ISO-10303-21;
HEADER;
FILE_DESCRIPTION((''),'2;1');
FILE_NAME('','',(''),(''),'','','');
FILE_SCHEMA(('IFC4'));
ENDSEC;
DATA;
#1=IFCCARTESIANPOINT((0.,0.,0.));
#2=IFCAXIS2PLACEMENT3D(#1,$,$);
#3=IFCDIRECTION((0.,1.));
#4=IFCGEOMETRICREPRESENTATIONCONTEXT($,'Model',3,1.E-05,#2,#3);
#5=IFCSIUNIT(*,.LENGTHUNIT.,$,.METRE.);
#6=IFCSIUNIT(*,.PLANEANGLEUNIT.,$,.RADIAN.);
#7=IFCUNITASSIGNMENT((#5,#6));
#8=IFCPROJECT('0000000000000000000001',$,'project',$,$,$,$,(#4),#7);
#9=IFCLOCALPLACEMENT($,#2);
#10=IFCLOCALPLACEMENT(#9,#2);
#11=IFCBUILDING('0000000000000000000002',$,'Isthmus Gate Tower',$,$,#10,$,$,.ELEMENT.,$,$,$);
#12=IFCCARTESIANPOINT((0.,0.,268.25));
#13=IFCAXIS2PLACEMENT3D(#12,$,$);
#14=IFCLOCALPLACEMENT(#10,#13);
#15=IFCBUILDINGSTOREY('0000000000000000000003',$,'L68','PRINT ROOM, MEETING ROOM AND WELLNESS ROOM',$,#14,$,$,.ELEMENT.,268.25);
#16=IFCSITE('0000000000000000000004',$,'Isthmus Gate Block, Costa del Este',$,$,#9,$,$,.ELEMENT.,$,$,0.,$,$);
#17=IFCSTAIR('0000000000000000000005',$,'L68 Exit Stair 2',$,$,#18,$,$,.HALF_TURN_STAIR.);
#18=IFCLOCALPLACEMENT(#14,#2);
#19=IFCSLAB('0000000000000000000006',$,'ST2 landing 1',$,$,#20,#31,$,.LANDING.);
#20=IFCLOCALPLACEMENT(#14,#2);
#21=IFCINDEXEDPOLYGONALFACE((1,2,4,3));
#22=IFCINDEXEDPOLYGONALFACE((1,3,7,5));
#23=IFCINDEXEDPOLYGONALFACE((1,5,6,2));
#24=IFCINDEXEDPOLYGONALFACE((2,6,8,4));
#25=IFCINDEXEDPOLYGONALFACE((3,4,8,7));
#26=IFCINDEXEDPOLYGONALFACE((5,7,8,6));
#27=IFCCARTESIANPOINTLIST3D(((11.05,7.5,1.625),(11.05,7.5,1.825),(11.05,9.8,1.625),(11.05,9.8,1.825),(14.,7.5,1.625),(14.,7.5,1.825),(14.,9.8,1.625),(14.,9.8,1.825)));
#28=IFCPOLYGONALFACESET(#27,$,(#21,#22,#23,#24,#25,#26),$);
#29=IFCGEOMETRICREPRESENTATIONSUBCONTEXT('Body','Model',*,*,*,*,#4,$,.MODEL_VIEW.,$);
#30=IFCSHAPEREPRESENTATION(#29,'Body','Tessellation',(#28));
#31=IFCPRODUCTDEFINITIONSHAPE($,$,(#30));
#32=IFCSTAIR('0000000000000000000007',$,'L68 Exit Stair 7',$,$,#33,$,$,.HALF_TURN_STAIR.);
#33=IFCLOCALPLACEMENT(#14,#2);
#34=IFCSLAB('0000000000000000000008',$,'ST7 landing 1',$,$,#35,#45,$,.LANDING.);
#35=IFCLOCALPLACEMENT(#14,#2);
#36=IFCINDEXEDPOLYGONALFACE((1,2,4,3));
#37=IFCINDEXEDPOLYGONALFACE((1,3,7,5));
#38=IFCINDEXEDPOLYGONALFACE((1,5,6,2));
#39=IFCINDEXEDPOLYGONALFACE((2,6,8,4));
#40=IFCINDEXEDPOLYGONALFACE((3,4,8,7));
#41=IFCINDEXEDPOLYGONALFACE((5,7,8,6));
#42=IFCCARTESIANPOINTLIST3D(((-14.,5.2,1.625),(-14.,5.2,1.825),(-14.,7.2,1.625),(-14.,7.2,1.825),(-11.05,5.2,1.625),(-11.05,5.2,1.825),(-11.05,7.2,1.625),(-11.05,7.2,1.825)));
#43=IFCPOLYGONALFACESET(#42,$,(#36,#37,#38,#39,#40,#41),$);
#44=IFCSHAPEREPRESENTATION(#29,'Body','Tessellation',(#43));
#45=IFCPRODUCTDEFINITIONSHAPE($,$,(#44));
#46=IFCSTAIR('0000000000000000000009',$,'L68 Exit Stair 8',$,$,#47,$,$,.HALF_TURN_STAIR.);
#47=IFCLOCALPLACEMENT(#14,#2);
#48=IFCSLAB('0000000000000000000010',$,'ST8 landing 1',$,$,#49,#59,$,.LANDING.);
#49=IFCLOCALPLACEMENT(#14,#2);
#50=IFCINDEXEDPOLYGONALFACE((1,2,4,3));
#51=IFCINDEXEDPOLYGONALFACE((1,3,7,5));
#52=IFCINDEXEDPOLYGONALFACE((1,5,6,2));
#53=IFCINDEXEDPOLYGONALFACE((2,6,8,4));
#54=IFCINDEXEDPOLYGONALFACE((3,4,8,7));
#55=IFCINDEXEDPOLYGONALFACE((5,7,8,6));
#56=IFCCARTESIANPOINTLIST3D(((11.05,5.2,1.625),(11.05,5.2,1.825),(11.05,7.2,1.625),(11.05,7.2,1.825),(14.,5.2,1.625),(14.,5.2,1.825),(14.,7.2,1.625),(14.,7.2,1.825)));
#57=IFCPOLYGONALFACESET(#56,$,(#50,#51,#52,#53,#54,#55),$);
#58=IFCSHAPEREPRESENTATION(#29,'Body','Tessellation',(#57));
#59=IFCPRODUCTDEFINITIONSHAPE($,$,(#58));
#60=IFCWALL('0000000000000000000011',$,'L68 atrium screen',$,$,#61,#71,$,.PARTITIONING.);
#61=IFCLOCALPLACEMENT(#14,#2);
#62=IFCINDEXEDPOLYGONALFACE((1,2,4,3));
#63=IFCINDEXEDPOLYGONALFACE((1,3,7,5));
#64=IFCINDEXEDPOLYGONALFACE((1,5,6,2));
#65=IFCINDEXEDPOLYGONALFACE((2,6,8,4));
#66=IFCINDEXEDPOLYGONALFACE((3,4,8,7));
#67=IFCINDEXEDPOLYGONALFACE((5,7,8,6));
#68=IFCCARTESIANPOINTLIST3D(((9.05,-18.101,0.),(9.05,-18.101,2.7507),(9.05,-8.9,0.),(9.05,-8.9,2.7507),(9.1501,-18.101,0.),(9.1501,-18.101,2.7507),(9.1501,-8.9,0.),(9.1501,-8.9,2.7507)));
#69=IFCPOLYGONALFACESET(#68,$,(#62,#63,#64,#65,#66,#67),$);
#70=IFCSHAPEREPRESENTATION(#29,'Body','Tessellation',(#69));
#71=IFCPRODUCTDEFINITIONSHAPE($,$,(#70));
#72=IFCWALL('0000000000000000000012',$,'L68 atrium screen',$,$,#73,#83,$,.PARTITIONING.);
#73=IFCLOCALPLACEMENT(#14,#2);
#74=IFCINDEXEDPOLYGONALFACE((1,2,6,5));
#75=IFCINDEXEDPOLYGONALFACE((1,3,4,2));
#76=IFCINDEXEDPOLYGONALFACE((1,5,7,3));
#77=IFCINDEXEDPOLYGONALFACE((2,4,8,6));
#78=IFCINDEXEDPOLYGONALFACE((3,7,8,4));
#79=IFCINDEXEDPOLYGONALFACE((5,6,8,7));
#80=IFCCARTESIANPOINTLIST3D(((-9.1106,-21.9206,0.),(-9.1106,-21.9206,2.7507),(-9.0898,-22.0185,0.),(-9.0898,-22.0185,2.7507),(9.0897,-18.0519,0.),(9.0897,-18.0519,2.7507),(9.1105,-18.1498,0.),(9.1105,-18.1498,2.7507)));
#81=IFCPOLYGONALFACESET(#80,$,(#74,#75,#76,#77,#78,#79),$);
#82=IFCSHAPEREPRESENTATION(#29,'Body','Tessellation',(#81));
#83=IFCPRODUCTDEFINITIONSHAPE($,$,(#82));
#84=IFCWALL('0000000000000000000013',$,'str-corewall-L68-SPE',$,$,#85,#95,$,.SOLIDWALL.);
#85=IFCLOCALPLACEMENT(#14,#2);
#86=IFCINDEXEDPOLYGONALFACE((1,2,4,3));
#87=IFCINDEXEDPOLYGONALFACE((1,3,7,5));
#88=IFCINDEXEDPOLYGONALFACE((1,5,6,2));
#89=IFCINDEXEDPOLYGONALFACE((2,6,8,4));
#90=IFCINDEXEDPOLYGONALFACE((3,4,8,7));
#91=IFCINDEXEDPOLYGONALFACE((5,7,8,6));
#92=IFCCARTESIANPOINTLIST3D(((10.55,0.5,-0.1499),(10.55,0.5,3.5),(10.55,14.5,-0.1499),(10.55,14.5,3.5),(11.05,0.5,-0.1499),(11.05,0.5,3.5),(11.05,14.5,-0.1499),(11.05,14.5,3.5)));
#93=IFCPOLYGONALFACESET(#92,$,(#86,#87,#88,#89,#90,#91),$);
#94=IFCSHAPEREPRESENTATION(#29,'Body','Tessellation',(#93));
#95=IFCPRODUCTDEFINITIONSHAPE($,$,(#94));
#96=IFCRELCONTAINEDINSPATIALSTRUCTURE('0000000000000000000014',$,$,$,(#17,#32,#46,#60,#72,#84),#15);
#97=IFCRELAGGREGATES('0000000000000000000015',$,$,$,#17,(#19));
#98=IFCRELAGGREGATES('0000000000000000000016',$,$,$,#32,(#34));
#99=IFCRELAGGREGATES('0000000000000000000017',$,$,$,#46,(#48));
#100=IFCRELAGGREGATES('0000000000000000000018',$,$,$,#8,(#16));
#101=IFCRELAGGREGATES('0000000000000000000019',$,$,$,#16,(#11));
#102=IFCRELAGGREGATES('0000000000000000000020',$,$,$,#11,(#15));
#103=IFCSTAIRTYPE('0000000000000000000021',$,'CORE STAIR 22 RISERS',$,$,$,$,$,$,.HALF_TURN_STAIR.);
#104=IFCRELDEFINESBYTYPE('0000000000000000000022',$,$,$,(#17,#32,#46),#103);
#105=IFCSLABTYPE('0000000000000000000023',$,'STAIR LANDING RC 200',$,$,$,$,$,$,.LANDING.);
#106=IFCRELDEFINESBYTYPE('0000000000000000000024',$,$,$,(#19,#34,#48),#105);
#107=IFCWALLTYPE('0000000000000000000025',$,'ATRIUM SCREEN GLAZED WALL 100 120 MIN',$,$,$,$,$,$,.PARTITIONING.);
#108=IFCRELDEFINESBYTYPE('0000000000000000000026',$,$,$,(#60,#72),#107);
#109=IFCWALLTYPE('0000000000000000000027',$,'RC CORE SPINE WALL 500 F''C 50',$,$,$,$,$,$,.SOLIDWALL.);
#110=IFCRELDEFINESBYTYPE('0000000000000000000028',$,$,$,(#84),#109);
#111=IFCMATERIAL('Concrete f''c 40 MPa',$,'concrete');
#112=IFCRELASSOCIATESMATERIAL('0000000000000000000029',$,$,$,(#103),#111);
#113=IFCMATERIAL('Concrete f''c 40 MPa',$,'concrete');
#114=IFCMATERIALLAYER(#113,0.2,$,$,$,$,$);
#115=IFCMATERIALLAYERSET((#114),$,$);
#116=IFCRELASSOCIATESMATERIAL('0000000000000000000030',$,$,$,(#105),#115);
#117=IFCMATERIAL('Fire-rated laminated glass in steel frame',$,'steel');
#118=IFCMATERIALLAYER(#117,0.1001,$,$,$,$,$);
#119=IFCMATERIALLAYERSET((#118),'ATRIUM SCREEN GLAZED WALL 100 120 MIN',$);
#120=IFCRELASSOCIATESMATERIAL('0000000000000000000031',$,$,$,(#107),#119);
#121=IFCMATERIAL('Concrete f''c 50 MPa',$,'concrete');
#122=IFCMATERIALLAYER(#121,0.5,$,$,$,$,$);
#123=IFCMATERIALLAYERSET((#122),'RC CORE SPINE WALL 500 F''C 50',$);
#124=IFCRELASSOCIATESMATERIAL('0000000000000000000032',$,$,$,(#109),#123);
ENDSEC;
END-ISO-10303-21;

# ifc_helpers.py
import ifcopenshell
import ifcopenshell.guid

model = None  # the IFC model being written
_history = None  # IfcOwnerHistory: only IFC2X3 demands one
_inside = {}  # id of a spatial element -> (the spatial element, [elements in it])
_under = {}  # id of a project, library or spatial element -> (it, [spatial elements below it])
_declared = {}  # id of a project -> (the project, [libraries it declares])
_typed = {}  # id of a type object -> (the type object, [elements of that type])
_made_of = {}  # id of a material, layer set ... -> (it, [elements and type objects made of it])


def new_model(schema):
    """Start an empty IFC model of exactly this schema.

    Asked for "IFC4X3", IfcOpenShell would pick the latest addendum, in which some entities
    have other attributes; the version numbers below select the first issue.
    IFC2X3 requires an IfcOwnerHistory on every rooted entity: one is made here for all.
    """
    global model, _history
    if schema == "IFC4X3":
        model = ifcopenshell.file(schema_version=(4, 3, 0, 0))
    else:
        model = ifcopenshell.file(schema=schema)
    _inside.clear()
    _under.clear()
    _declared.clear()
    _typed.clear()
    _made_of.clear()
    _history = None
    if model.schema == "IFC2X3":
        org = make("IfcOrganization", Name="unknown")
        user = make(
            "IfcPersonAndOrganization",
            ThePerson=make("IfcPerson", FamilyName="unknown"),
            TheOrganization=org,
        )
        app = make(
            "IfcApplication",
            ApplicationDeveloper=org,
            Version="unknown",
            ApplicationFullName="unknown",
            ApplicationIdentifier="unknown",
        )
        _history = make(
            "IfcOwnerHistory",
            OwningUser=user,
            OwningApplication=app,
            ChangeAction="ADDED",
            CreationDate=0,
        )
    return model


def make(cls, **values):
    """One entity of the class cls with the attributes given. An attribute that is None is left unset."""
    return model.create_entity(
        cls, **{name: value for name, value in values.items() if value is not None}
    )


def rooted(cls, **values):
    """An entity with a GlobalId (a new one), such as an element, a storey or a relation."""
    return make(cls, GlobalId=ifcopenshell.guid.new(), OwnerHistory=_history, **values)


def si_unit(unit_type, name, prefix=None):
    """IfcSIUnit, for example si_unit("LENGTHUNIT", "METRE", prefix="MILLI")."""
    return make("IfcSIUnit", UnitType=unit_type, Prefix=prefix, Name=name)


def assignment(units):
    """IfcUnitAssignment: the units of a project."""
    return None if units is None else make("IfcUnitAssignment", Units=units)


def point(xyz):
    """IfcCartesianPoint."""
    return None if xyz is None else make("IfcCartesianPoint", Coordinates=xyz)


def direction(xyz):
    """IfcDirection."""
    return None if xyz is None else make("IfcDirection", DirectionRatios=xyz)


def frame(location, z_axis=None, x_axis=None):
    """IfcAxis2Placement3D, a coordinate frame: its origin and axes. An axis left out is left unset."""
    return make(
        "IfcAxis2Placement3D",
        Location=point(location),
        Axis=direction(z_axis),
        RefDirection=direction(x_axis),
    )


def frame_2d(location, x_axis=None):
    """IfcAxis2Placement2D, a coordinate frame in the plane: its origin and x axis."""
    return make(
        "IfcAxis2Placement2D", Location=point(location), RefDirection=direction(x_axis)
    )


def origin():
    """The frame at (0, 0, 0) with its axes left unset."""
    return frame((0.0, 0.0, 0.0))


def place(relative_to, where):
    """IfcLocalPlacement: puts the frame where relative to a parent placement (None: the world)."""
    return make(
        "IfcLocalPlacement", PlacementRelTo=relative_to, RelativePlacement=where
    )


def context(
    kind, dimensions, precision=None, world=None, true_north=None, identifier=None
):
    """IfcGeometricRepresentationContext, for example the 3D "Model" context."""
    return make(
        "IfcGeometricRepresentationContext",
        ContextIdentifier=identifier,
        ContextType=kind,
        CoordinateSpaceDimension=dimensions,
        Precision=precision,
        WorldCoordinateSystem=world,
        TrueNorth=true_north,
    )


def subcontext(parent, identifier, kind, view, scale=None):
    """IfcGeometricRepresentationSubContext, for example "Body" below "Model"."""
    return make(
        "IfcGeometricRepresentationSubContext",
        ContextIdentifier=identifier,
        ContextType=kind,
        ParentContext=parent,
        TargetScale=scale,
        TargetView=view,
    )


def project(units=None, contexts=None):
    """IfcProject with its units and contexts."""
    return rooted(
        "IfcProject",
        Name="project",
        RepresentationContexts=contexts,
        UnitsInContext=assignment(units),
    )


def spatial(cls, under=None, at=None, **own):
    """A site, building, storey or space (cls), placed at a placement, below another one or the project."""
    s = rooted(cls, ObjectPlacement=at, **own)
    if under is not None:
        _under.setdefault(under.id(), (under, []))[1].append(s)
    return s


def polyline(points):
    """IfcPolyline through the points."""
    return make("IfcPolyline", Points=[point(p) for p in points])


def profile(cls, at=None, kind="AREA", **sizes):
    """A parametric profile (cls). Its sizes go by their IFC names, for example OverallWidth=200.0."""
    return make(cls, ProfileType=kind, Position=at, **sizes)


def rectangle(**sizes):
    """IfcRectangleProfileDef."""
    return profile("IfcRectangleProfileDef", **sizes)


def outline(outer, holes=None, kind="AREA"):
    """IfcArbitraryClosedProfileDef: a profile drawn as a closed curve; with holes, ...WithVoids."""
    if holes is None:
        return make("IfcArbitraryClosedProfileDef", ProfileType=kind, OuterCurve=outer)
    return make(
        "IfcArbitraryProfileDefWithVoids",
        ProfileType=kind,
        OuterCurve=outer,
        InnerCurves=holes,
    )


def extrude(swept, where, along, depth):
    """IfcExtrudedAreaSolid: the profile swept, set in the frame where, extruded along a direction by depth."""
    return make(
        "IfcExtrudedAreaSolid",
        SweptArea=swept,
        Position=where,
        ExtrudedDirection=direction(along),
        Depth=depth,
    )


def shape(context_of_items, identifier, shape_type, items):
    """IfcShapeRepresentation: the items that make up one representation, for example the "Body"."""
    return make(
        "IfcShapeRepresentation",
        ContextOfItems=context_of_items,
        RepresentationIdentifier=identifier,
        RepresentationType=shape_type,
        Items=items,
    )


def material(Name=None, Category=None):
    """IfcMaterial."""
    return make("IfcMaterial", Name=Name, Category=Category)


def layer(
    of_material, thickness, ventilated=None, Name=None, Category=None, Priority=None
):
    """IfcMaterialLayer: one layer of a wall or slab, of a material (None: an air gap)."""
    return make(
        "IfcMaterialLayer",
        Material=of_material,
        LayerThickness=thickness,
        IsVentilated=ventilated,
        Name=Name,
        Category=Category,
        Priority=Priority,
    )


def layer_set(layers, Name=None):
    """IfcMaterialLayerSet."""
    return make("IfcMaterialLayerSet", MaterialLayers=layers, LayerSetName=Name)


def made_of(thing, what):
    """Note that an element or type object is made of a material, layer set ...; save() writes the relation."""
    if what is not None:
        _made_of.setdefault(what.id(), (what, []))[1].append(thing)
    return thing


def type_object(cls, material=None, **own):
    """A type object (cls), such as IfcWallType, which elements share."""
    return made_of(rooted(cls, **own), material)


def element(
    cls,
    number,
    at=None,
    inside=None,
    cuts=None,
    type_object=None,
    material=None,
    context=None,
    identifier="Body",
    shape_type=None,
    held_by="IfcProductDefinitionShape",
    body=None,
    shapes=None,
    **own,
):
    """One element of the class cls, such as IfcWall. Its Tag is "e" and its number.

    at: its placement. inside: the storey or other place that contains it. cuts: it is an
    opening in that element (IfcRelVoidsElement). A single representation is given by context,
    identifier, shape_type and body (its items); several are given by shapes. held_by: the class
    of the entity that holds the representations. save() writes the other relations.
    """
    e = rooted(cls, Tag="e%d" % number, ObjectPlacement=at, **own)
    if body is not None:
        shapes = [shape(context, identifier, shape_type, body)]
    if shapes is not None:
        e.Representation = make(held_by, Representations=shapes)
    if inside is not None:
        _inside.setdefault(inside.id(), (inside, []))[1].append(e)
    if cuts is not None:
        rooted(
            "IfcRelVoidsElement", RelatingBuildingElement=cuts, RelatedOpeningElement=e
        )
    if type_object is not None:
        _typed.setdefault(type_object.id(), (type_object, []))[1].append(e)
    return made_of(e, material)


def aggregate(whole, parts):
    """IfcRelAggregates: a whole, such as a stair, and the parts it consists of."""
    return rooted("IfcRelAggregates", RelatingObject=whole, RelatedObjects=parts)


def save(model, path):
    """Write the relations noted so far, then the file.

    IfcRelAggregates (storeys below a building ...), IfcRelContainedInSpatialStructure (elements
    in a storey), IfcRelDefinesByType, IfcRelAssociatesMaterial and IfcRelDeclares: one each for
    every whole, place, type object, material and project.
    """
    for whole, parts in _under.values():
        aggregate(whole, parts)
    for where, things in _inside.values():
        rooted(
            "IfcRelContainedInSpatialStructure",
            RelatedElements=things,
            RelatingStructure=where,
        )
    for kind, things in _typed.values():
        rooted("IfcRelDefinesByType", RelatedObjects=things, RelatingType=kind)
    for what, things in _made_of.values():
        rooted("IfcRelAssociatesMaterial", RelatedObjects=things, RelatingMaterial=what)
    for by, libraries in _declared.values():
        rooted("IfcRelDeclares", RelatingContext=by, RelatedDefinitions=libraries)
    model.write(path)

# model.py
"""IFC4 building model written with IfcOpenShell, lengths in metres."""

from ifc_helpers import new_model, si_unit, direction, frame, frame_2d, origin, place, context, subcontext, project, spatial, polyline, rectangle, outline, extrude, material, layer, layer_set, type_object, element, aggregate, save


model = new_model("IFC4")

# Units and contexts
model_context = context("Model", 3, precision=1e-05, world=origin(), true_north=direction((0.0, 1.0)))
body_context = subcontext(model_context, "Body", "Model", "MODEL_VIEW")
ifc_project = project(units=[si_unit("LENGTHUNIT", "METRE"), si_unit("PLANEANGLEUNIT", "RADIAN")], contexts=[model_context])

# Site, building, storey
site_placement = place(None, origin())
site = spatial("IfcSite", under=ifc_project, at=site_placement, Name="Isthmus Gate Block, Costa del Este", CompositionType="ELEMENT", RefElevation=0.0)
building_placement = place(site_placement, origin())
building = spatial("IfcBuilding", under=site, at=building_placement, Name="Isthmus Gate Tower", CompositionType="ELEMENT")
storey_placement = place(building_placement, frame((0.0, 0.0, 268.25)))
storey = spatial("IfcBuildingStorey", under=building, at=storey_placement, Name="L68", Description="PRINT ROOM, MEETING ROOM AND WELLNESS ROOM", CompositionType="ELEMENT", Elevation=268.25)

# Stairs, slabs
ifc_material_1 = material(Name="Concrete f'c 40 MPa", Category="concrete")
stair_type = type_object("IfcStairType", Name="CORE STAIR 22 RISERS", PredefinedType="HALF_TURN_STAIR", material=ifc_material_1)
ifc_material_2 = material(Name="Concrete f'c 40 MPa", Category="concrete")
ifc_layer_1 = layer(ifc_material_2, 0.2)
ifc_layer_set_1 = layer_set([ifc_layer_1])
slab_type_1 = type_object("IfcSlabType", Name="STAIR LANDING RC 200", PredefinedType="LANDING", material=ifc_layer_set_1)
stair_1_placement = place(storey_placement, origin())
stair_1 = element("IfcStair", 1, at=stair_1_placement, inside=storey, type_object=stair_type, Name="L68 Exit Stair 2", PredefinedType="HALF_TURN_STAIR")
slab_1_placement = place(storey_placement, frame((0.0, 0.0, 1.625)))
slab_1 = element("IfcSlab", 2, at=slab_1_placement, type_object=slab_type_1, Name="ST2 landing 1", PredefinedType="LANDING", context=body_context, shape_type="SweptSolid", body=[
    extrude(outline(polyline([(11.05, 9.8), (11.05, 7.5), (14.0, 7.5), (14.0, 9.8), (11.05, 9.8)])), origin(), (0.0, 0.0, 1.0), 0.2),
])
aggregate(stair_1, [slab_1])
stair_2_placement = place(storey_placement, origin())
stair_2 = element("IfcStair", 3, at=stair_2_placement, inside=storey, type_object=stair_type, Name="L68 Exit Stair 7", PredefinedType="HALF_TURN_STAIR")
slab_2_placement = place(storey_placement, frame((0.0, 0.0, 1.625)))
slab_2 = element("IfcSlab", 4, at=slab_2_placement, type_object=slab_type_1, Name="ST7 landing 1", PredefinedType="LANDING", context=body_context, shape_type="SweptSolid", body=[
    extrude(outline(polyline([(-11.05, 5.2), (-11.05, 7.2), (-14.0, 7.2), (-14.0, 5.2), (-11.05, 5.2)])), origin(), (0.0, 0.0, 1.0), 0.2),
])
aggregate(stair_2, [slab_2])
stair_3_placement = place(storey_placement, origin())
stair_3 = element("IfcStair", 5, at=stair_3_placement, inside=storey, type_object=stair_type, Name="L68 Exit Stair 8", PredefinedType="HALF_TURN_STAIR")
slab_3_placement = place(storey_placement, frame((0.0, 0.0, 1.625)))
slab_3 = element("IfcSlab", 6, at=slab_3_placement, type_object=slab_type_1, Name="ST8 landing 1", PredefinedType="LANDING", context=body_context, shape_type="SweptSolid", body=[
    extrude(outline(polyline([(14.0, 5.2), (14.0, 7.2), (11.05, 7.2), (11.05, 5.2), (14.0, 5.2)])), origin(), (0.0, 0.0, 1.0), 0.2),
])
aggregate(stair_3, [slab_3])

# Walls
ifc_material_3 = material(Name="Fire-rated laminated glass in steel frame", Category="steel")
ifc_layer_2 = layer(ifc_material_3, 0.1001)
ifc_layer_set_2 = layer_set([ifc_layer_2], Name="ATRIUM SCREEN GLAZED WALL 100 120 MIN")
wall_type_1 = type_object("IfcWallType", Name="ATRIUM SCREEN GLAZED WALL 100 120 MIN", PredefinedType="PARTITIONING", material=ifc_layer_set_2)
wall_1_placement = place(storey_placement, frame((9.1001, -8.8999, 0.0), z_axis=(0.0, 0.0, 1.0), x_axis=(0.0, -1.0, 0.0)))
element("IfcWall", 7, at=wall_1_placement, inside=storey, type_object=wall_type_1, Name="L68 atrium screen", PredefinedType="PARTITIONING", context=body_context, shape_type="SweptSolid", body=[
    extrude(rectangle(XDim=9.2009, YDim=0.1001, at=frame_2d((4.6006, 0.0))), origin(), (0.0, 0.0, 1.0), 2.7507),
])
wall_2_placement = place(storey_placement, frame((9.1001, -18.1008, 0.0), z_axis=(0.0, 0.0, 1.0), x_axis=(-0.978147, -0.207916, 0.0)))
element("IfcWall", 8, at=wall_2_placement, inside=storey, type_object=wall_type_1, Name="L68 atrium screen", PredefinedType="PARTITIONING", context=body_context, shape_type="SweptSolid", body=[
    extrude(rectangle(XDim=18.6069, YDim=0.1001, at=frame_2d((9.3035, 0.0))), origin(), (0.0, 0.0, 1.0), 2.7507),
])
ifc_material_4 = material(Name="Concrete f'c 50 MPa", Category="concrete")
ifc_layer_3 = layer(ifc_material_4, 0.5)
ifc_layer_set_3 = layer_set([ifc_layer_3], Name="RC CORE SPINE WALL 500 F'C 50")
wall_type_2 = type_object("IfcWallType", Name="RC CORE SPINE WALL 500 F'C 50", PredefinedType="SOLIDWALL", material=ifc_layer_set_3)
wall_3_placement = place(storey_placement, frame((10.8, 0.5, -0.1499), z_axis=(0.0, 0.0, 1.0), x_axis=(0.0, 1.0, 0.0)))
element("IfcWall", 9, at=wall_3_placement, inside=storey, type_object=wall_type_2, Name="str-corewall-L68-SPE", PredefinedType="SOLIDWALL", context=body_context, shape_type="SweptSolid", body=[
    extrude(rectangle(XDim=14.0, YDim=0.5, at=frame_2d((7.0, 0.0))), origin(), (0.0, 0.0, 1.0), 3.6499),
])

save(model, "model.ifc")
